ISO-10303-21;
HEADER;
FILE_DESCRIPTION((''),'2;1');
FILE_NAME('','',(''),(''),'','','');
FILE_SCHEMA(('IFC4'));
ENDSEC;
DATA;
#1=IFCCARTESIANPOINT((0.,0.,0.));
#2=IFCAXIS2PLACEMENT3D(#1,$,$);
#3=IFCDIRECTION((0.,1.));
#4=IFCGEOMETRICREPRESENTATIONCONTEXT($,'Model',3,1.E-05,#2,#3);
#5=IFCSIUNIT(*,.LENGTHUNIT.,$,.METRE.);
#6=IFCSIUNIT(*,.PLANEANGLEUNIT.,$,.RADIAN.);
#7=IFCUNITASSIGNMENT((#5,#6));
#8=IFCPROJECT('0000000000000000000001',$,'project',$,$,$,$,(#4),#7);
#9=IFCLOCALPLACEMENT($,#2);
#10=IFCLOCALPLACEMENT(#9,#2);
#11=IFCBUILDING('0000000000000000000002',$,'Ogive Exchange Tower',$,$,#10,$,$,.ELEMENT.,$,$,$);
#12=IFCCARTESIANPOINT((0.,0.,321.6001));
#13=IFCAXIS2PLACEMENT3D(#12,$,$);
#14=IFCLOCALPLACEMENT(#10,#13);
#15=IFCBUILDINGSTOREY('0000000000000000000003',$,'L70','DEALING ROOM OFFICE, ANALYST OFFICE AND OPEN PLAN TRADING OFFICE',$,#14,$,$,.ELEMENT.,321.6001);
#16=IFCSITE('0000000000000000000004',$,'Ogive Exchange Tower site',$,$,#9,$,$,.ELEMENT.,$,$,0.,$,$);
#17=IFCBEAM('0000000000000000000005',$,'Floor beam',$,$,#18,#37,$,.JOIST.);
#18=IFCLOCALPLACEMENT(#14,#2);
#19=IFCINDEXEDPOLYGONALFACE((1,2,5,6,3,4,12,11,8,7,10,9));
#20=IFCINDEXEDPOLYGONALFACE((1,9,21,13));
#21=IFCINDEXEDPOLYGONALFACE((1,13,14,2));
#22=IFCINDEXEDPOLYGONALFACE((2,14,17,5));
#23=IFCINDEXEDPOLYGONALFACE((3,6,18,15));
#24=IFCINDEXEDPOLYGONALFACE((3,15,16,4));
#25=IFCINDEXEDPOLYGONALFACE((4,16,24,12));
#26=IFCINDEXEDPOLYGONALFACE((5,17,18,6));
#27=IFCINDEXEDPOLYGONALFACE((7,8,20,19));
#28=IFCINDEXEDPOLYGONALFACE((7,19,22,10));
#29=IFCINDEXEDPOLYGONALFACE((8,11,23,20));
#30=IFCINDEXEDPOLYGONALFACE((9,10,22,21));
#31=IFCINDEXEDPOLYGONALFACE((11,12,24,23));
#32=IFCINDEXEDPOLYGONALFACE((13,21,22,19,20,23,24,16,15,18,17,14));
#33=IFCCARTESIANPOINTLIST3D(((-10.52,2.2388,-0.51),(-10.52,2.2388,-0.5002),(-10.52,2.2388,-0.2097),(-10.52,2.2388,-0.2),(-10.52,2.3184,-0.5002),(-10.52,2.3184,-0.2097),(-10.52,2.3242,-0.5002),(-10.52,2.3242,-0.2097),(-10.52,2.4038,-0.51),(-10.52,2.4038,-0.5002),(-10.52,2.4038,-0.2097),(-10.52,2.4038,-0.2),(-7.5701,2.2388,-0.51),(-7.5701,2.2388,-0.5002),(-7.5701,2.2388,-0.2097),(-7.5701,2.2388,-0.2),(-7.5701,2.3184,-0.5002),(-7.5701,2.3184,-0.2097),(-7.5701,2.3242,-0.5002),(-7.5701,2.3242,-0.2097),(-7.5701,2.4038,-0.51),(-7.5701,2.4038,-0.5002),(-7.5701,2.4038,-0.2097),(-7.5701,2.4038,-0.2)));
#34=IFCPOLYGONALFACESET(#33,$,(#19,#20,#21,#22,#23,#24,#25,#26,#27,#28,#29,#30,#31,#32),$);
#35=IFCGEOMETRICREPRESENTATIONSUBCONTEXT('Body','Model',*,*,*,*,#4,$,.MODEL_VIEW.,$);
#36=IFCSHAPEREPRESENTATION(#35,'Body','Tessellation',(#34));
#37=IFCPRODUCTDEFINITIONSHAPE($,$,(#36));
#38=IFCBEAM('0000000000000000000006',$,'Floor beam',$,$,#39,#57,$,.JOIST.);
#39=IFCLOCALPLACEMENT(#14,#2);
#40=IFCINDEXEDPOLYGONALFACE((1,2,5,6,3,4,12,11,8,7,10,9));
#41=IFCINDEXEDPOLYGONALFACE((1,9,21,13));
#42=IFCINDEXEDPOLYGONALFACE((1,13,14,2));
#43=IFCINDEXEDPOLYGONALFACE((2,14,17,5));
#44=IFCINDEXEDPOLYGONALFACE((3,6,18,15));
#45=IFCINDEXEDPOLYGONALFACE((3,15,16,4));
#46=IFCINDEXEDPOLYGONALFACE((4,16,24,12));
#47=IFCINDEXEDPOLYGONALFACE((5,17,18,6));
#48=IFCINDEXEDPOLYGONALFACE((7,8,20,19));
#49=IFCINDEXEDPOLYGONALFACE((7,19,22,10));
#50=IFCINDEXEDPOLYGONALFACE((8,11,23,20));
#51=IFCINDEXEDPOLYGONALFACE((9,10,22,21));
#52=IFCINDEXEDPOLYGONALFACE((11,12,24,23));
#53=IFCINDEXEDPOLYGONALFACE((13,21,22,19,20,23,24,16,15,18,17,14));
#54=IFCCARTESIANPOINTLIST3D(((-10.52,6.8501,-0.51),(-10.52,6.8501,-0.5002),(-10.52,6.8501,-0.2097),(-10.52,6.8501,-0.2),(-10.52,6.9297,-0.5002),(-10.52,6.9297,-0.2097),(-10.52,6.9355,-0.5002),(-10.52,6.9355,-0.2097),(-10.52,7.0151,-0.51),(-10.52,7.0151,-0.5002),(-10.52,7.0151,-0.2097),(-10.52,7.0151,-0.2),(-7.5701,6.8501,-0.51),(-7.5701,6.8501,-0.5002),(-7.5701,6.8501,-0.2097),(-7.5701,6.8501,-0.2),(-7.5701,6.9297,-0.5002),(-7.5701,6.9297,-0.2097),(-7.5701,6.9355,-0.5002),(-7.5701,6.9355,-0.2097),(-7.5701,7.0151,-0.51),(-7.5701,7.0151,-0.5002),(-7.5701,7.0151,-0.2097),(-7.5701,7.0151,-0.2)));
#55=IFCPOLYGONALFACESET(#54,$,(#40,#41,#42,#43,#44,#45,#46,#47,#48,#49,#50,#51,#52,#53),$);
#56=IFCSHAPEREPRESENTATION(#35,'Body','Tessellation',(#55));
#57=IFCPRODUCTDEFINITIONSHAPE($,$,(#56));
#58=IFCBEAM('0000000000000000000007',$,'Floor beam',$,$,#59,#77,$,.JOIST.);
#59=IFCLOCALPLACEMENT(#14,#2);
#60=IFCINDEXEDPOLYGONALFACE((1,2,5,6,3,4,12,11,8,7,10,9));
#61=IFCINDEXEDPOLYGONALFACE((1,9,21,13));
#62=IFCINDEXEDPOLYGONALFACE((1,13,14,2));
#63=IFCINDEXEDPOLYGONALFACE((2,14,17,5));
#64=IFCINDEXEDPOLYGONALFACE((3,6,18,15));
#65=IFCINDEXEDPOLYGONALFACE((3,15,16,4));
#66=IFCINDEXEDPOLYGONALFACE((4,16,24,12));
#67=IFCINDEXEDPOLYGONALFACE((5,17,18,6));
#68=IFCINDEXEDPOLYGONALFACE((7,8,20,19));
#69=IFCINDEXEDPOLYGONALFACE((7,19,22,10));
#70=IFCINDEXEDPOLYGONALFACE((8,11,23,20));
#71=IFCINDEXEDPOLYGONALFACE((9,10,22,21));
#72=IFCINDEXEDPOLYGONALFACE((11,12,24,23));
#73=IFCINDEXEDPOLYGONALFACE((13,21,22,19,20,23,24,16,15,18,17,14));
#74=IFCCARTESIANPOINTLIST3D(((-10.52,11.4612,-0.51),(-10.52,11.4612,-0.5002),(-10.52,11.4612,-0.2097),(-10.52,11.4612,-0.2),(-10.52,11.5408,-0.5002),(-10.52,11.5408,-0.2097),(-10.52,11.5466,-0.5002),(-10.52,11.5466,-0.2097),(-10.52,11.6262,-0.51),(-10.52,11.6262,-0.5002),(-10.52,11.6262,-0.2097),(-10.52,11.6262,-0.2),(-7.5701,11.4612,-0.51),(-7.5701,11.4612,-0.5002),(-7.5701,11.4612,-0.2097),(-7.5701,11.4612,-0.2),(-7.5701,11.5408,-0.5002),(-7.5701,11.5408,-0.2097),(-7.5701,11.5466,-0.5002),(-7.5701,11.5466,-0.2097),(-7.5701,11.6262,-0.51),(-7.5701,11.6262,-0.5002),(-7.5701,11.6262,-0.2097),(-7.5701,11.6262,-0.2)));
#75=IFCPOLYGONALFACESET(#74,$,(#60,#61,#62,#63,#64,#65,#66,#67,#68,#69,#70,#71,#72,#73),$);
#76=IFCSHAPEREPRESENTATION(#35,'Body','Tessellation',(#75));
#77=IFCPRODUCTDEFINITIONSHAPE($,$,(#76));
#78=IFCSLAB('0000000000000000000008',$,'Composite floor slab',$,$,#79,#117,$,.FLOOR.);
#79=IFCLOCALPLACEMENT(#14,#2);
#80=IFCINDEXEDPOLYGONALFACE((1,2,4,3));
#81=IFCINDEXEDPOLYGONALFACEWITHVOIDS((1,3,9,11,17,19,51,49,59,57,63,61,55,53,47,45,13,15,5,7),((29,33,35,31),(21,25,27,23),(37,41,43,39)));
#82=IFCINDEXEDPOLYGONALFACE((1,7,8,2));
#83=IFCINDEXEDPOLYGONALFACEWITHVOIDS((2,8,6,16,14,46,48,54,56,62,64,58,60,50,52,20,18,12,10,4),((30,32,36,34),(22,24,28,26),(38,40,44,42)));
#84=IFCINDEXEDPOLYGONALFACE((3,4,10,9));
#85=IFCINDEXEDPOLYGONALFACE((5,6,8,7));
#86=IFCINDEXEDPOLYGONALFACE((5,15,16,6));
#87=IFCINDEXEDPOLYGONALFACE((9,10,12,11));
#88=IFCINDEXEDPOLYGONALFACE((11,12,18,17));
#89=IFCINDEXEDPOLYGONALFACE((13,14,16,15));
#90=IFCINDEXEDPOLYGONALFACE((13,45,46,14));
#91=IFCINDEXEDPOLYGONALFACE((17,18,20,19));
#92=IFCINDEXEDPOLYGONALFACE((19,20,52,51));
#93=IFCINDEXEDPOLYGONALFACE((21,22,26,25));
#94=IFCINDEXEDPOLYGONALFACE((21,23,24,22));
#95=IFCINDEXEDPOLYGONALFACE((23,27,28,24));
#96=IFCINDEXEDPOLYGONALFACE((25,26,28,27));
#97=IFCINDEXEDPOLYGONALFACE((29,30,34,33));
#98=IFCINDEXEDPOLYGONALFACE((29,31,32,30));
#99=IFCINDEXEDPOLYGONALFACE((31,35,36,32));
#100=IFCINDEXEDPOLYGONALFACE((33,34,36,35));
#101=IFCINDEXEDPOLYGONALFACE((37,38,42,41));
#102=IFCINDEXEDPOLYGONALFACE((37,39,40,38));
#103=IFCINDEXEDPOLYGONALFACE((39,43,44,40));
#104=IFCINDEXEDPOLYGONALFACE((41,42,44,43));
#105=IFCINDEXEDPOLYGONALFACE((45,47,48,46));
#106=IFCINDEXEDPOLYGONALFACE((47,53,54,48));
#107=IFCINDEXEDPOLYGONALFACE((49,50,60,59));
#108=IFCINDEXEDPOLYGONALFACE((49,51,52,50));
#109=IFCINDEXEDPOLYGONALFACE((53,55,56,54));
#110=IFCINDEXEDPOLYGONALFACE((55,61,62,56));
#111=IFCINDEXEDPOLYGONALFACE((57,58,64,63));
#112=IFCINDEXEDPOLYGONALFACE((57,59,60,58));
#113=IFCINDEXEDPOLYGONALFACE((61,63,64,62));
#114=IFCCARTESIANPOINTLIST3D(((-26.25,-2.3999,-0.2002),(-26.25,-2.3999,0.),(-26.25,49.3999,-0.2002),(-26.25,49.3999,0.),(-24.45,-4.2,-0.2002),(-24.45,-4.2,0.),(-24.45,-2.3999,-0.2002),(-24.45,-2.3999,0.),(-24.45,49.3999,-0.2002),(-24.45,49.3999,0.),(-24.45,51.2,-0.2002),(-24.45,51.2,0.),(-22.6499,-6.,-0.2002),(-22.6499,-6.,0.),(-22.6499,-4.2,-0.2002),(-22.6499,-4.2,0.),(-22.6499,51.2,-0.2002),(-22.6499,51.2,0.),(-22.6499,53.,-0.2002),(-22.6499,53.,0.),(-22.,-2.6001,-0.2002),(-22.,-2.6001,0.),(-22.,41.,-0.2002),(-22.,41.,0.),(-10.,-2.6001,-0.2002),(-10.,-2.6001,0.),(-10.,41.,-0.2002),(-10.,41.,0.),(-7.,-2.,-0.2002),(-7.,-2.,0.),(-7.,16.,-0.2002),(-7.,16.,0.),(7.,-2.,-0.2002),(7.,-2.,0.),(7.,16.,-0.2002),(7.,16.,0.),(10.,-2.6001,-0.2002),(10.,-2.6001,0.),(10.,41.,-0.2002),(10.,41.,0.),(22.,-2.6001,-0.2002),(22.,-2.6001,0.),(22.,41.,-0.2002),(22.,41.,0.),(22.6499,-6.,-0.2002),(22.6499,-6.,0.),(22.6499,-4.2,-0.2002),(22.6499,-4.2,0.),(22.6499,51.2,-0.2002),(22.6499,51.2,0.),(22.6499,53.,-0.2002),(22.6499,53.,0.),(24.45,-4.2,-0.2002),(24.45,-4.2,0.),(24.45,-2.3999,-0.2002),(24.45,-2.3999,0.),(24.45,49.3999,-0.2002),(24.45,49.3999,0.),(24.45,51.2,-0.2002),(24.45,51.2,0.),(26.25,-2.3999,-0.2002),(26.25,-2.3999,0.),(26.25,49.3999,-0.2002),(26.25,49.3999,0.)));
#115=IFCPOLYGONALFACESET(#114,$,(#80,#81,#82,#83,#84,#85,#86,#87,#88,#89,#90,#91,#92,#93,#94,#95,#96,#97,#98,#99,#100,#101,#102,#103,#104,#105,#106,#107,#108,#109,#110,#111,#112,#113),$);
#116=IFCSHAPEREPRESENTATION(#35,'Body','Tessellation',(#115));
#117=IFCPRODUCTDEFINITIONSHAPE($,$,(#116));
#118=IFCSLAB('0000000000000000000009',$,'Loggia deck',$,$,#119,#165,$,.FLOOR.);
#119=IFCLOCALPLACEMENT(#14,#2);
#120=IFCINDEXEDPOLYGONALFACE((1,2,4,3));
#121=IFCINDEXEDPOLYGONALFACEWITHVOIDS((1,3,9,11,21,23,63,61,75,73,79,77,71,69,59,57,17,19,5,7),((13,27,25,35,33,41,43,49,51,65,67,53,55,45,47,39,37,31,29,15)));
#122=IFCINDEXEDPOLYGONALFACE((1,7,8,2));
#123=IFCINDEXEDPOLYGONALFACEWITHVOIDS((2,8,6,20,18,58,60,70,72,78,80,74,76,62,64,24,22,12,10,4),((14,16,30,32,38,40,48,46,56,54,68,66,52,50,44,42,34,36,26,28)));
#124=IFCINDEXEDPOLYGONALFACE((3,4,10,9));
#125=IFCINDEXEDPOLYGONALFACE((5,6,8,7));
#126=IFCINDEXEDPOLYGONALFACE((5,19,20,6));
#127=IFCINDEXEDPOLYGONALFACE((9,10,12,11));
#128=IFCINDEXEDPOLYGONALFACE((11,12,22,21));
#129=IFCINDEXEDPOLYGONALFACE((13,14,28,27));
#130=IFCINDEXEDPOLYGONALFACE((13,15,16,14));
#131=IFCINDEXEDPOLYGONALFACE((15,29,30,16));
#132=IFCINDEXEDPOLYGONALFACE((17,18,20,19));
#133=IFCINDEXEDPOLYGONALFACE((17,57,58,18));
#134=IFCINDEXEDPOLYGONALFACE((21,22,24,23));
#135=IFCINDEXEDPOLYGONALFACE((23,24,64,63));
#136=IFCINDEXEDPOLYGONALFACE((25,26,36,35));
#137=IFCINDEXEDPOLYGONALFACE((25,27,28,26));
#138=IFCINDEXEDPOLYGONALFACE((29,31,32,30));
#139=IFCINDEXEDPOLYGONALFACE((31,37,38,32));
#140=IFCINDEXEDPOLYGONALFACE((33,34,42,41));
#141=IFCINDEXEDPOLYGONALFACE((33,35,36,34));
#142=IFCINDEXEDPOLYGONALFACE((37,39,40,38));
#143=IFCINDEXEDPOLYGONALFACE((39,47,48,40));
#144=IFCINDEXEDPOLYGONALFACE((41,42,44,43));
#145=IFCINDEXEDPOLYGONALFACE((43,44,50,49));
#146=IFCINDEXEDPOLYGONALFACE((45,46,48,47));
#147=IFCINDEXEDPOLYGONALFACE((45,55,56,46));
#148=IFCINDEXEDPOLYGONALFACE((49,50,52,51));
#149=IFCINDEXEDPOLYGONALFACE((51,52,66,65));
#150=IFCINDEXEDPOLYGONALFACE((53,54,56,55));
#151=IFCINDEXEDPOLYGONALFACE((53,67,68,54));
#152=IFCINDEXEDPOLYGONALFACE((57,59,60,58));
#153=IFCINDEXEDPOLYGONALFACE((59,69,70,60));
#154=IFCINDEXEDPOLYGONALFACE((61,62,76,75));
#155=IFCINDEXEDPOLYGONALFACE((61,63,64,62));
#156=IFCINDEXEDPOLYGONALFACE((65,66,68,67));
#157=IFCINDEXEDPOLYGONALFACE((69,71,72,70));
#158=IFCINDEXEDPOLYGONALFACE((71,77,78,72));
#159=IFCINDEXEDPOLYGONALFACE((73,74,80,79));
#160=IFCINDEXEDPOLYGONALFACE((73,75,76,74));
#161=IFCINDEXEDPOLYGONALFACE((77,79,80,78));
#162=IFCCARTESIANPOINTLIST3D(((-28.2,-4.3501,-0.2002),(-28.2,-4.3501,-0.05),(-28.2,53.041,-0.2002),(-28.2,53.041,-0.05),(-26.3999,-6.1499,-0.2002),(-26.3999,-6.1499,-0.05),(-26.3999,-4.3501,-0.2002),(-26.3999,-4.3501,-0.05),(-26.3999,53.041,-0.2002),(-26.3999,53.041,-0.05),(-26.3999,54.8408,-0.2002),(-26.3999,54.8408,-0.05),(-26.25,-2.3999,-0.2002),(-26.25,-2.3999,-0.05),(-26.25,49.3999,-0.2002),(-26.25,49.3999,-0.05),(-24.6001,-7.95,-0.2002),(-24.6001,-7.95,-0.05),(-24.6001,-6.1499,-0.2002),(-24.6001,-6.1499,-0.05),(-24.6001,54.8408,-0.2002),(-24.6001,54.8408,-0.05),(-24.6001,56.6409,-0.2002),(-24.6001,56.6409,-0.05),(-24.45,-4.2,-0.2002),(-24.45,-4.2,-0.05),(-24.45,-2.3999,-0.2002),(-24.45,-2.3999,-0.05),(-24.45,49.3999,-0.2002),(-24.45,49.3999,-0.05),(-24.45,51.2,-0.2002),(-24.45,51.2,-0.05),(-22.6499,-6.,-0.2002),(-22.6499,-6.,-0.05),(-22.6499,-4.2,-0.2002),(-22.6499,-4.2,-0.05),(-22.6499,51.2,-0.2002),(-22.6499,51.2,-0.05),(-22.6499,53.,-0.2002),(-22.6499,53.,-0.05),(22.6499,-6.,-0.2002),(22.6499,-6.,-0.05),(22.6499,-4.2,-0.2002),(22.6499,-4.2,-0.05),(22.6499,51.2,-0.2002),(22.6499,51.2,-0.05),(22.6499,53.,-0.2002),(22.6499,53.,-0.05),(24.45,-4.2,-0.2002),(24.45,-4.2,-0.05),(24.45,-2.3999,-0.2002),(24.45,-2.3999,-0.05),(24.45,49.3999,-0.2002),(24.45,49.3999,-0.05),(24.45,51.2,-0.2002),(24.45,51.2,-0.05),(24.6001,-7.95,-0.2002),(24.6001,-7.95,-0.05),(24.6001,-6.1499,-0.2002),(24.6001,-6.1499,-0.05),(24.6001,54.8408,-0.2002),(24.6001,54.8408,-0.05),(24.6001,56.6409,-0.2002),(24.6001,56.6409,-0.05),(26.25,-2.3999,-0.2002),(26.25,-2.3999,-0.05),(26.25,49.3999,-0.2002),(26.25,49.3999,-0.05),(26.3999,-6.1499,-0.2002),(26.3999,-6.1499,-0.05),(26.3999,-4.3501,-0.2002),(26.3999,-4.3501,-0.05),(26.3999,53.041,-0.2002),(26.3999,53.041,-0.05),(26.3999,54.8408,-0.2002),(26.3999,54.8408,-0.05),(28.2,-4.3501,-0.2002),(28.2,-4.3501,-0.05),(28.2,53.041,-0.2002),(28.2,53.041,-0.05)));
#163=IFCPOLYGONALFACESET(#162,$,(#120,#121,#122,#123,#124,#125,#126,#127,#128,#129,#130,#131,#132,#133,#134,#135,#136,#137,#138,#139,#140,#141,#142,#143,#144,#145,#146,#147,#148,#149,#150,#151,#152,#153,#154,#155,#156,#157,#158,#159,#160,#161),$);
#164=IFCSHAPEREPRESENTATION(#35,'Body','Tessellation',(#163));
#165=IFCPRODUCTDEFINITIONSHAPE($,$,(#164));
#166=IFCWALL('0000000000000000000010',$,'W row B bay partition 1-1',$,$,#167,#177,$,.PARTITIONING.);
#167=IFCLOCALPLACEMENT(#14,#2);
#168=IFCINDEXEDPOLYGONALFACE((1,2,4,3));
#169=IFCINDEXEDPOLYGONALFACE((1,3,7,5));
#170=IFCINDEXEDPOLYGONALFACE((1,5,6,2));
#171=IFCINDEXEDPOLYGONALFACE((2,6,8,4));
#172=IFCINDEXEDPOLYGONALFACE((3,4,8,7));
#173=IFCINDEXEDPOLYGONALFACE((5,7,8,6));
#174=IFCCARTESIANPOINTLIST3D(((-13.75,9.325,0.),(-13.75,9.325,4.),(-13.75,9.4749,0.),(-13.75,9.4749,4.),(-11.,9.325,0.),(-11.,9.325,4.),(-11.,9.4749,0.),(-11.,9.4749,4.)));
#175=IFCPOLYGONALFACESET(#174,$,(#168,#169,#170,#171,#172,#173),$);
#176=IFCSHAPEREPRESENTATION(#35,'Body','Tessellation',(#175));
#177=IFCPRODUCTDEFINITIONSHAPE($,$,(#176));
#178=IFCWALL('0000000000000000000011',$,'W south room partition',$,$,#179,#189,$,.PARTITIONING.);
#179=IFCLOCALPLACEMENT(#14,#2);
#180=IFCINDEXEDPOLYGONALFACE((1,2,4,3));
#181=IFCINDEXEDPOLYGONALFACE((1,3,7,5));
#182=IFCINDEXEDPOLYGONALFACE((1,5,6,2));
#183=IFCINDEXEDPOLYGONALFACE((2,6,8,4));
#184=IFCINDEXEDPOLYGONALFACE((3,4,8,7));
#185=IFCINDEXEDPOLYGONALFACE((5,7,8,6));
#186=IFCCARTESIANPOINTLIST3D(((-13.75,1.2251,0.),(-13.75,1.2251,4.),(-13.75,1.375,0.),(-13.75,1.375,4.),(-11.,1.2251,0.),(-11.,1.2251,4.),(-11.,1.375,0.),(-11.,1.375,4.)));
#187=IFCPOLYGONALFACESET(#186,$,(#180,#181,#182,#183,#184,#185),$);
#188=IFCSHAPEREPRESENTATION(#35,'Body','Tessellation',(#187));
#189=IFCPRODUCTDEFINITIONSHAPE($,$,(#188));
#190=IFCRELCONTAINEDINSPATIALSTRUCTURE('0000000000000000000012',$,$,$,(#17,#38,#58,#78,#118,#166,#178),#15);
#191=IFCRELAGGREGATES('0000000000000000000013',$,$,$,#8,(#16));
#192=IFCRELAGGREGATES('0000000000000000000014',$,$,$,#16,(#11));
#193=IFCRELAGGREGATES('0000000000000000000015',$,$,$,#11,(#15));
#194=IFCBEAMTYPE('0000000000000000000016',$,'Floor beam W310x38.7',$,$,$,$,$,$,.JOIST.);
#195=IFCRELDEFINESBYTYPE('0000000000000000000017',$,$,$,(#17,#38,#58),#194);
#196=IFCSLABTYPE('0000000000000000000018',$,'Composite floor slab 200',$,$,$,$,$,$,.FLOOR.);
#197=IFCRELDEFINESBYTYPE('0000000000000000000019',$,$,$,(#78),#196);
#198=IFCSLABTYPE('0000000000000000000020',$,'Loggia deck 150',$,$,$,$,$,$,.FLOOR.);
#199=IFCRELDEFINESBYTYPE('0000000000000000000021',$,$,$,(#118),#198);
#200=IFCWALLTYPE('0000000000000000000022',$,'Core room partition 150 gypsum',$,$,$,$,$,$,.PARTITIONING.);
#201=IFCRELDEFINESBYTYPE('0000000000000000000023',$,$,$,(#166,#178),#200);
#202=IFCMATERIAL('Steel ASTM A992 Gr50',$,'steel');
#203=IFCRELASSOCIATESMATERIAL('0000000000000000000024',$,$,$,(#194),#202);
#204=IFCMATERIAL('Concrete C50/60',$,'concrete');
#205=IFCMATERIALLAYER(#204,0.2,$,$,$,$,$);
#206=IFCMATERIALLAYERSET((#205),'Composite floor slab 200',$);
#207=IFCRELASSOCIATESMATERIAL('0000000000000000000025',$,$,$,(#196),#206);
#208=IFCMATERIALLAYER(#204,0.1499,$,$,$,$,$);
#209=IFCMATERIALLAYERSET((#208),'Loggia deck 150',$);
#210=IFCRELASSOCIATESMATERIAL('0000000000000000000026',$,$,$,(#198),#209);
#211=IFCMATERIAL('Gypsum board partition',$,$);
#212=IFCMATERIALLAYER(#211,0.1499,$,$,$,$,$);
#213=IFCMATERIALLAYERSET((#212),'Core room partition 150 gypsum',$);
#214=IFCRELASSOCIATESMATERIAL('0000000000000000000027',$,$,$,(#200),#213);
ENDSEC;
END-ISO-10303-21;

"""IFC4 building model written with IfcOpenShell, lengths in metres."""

from ifc_helpers import new_model, si_unit, direction, frame, frame_2d, origin, origin_2d, place, context, subcontext, project, spatial, polyline, rectangle, i_section, outline, extrude, material, layer, layer_set, material_profile, profile_set, type_object, element, save


model = new_model("IFC4")

# Units and contexts
model_context = context("Model", 3, precision=1e-05, world=origin(), true_north=direction((0.0, 1.0)))
body_context = subcontext(model_context, "Body", "Model", "MODEL_VIEW")
ifc_project = project(units=[si_unit("LENGTHUNIT", "METRE"), si_unit("PLANEANGLEUNIT", "RADIAN")], contexts=[model_context])

# Site, building, storey
site_placement = place(None, origin())
site = spatial("IfcSite", under=ifc_project, at=site_placement, Name="Ogive Exchange Tower site", CompositionType="ELEMENT", RefElevation=0.0)
building_placement = place(site_placement, origin())
building = spatial("IfcBuilding", under=site, at=building_placement, Name="Ogive Exchange Tower", CompositionType="ELEMENT")
storey_placement = place(building_placement, frame((0.0, 0.0, 321.6001)))
storey = spatial("IfcBuildingStorey", under=building, at=storey_placement, Name="L70", Description="DEALING ROOM OFFICE, ANALYST OFFICE AND OPEN PLAN TRADING OFFICE", CompositionType="ELEMENT", Elevation=321.6001)

# Beams
ifc_material_1 = material(Name="Steel ASTM A992 Gr50", Category="steel")
ifc_material_profile = material_profile(ifc_material_1, i_section(OverallWidth=0.165, OverallDepth=0.3101, WebThickness=0.0059, FlangeThickness=0.0098, at=origin_2d()), Name="W310x38.7")
ifc_profile_set = profile_set([ifc_material_profile], Name="Steel ASTM A992 Gr50")
beam_type = type_object("IfcBeamType", Name="Floor beam W310x38.7", PredefinedType="JOIST", material=ifc_profile_set)
for number, where, z_axis, x_axis, name in (
    (1, (-10.52, 2.3213, -0.355), (1.0, 0.0, 0.0), (0.0, 1.0, 0.0), "Floor beam"),
    (2, (-10.52, 6.9326, -0.355), (1.0, 0.0, 0.0), (0.0, 1.0, 0.0), "Floor beam"),
    (3, (-10.52, 11.5437, -0.355), (1.0, 0.0, 0.0), (0.0, 1.0, 0.0), "Floor beam"),
):
    element("IfcBeam", number, at=place(storey_placement, frame(where, z_axis=z_axis, x_axis=x_axis)), inside=storey, type_object=beam_type, Name=name, PredefinedType="JOIST", context=body_context, shape_type="SweptSolid", body=[
        extrude(i_section(OverallWidth=0.165, OverallDepth=0.3101, WebThickness=0.0059, FlangeThickness=0.0098, at=origin_2d()), origin(), (0.0, 0.0, 1.0), 2.95),
    ])

# Slabs
ifc_material_2 = material(Name="Concrete C50/60", Category="concrete")
ifc_layer_1 = layer(ifc_material_2, 0.2)
ifc_layer_set_1 = layer_set([ifc_layer_1], Name="Composite floor slab 200")
slab_type_1 = type_object("IfcSlabType", Name="Composite floor slab 200", PredefinedType="FLOOR", material=ifc_layer_set_1)
slab_1_placement = place(storey_placement, frame((0.0, 0.0, -0.2002)))
element("IfcSlab", 4, at=slab_1_placement, inside=storey, type_object=slab_type_1, Name="Composite floor slab", PredefinedType="FLOOR", context=body_context, shape_type="SweptSolid", body=[
    extrude(outline(polyline([(-22.6499, -4.2), (-24.45, -4.2), (-24.45, -2.3999), (-26.25, -2.3999), (-26.25, 49.3999), (-24.45, 49.3999), (-24.45, 51.2), (-22.6499, 51.2), (-22.6499, 53.0), (22.6499, 53.0), (22.6499, 51.2), (24.45, 51.2), (24.45, 49.3999), (26.25, 49.3999), (26.25, -2.3999), (24.45, -2.3999), (24.45, -4.2), (22.6499, -4.2), (22.6499, -6.0), (-22.6499, -6.0), (-22.6499, -4.2)]), holes=[polyline([(7.0, -2.0), (7.0, 16.0), (-7.0, 16.0), (-7.0, -2.0), (7.0, -2.0)]), polyline([(-22.0, -2.6001), (-10.0, -2.6001), (-10.0, 41.0), (-22.0, 41.0), (-22.0, -2.6001)]), polyline([(10.0, -2.6001), (22.0, -2.6001), (22.0, 41.0), (10.0, 41.0), (10.0, -2.6001)])]), origin(), (0.0, 0.0, 1.0), 0.2002),
])
ifc_layer_2 = layer(ifc_material_2, 0.1499)
ifc_layer_set_2 = layer_set([ifc_layer_2], Name="Loggia deck 150")
slab_type_2 = type_object("IfcSlabType", Name="Loggia deck 150", PredefinedType="FLOOR", material=ifc_layer_set_2)
slab_2_placement = place(storey_placement, frame((0.0, 0.0, -0.2002)))
element("IfcSlab", 5, at=slab_2_placement, inside=storey, type_object=slab_type_2, Name="Loggia deck", PredefinedType="FLOOR", context=body_context, shape_type="SweptSolid", body=[
    extrude(outline(polyline([(-24.6001, -6.1499), (-26.3999, -6.1499), (-26.3999, -4.3501), (-28.2, -4.3501), (-28.2, 53.041), (-26.3999, 53.041), (-26.3999, 54.8408), (-24.6001, 54.8408), (-24.6001, 56.6409), (24.6001, 56.6409), (24.6001, 54.8408), (26.3999, 54.8408), (26.3999, 53.041), (28.2, 53.041), (28.2, -4.3501), (26.3999, -4.3501), (26.3999, -6.1499), (24.6001, -6.1499), (24.6001, -7.95), (-24.6001, -7.95), (-24.6001, -6.1499)]), holes=[polyline([(22.6499, -4.2), (24.45, -4.2), (24.45, -2.3999), (26.25, -2.3999), (26.25, 49.3999), (24.45, 49.3999), (24.45, 51.2), (22.6499, 51.2), (22.6499, 53.0), (-22.6499, 53.0), (-22.6499, 51.2), (-24.45, 51.2), (-24.45, 49.3999), (-26.25, 49.3999), (-26.25, -2.3999), (-24.45, -2.3999), (-24.45, -4.2), (-22.6499, -4.2), (-22.6499, -6.0), (22.6499, -6.0), (22.6499, -4.2)])]), origin(), (0.0, 0.0, 1.0), 0.1501),
])

# Walls
ifc_material_3 = material(Name="Gypsum board partition")
ifc_layer_3 = layer(ifc_material_3, 0.1499)
ifc_layer_set_3 = layer_set([ifc_layer_3], Name="Core room partition 150 gypsum")
wall_type_1 = type_object("IfcWallType", Name="Core room partition 150 gypsum", PredefinedType="PARTITIONING", material=ifc_layer_set_3)
for number, where, z_axis, x_axis, name in (
    (6, (-13.75, 9.3999, 0.0), (0.0, 0.0, 1.0), (1.0, 0.0, 0.0), "W row B bay partition 1-1"),
    (7, (-13.75, 1.3, 0.0), (0.0, 0.0, 1.0), (1.0, 0.0, 0.0), "W south room partition"),
):
    element("IfcWall", number, at=place(storey_placement, frame(where, z_axis=z_axis, x_axis=x_axis)), inside=storey, type_object=wall_type_1, Name=name, PredefinedType="PARTITIONING", context=body_context, shape_type="SweptSolid", body=[
        extrude(rectangle(XDim=2.75, YDim=0.1499, at=frame_2d((1.375, 0.0))), origin(), (0.0, 0.0, 1.0), 4.0),
    ])

save(model, "model.ifc")
